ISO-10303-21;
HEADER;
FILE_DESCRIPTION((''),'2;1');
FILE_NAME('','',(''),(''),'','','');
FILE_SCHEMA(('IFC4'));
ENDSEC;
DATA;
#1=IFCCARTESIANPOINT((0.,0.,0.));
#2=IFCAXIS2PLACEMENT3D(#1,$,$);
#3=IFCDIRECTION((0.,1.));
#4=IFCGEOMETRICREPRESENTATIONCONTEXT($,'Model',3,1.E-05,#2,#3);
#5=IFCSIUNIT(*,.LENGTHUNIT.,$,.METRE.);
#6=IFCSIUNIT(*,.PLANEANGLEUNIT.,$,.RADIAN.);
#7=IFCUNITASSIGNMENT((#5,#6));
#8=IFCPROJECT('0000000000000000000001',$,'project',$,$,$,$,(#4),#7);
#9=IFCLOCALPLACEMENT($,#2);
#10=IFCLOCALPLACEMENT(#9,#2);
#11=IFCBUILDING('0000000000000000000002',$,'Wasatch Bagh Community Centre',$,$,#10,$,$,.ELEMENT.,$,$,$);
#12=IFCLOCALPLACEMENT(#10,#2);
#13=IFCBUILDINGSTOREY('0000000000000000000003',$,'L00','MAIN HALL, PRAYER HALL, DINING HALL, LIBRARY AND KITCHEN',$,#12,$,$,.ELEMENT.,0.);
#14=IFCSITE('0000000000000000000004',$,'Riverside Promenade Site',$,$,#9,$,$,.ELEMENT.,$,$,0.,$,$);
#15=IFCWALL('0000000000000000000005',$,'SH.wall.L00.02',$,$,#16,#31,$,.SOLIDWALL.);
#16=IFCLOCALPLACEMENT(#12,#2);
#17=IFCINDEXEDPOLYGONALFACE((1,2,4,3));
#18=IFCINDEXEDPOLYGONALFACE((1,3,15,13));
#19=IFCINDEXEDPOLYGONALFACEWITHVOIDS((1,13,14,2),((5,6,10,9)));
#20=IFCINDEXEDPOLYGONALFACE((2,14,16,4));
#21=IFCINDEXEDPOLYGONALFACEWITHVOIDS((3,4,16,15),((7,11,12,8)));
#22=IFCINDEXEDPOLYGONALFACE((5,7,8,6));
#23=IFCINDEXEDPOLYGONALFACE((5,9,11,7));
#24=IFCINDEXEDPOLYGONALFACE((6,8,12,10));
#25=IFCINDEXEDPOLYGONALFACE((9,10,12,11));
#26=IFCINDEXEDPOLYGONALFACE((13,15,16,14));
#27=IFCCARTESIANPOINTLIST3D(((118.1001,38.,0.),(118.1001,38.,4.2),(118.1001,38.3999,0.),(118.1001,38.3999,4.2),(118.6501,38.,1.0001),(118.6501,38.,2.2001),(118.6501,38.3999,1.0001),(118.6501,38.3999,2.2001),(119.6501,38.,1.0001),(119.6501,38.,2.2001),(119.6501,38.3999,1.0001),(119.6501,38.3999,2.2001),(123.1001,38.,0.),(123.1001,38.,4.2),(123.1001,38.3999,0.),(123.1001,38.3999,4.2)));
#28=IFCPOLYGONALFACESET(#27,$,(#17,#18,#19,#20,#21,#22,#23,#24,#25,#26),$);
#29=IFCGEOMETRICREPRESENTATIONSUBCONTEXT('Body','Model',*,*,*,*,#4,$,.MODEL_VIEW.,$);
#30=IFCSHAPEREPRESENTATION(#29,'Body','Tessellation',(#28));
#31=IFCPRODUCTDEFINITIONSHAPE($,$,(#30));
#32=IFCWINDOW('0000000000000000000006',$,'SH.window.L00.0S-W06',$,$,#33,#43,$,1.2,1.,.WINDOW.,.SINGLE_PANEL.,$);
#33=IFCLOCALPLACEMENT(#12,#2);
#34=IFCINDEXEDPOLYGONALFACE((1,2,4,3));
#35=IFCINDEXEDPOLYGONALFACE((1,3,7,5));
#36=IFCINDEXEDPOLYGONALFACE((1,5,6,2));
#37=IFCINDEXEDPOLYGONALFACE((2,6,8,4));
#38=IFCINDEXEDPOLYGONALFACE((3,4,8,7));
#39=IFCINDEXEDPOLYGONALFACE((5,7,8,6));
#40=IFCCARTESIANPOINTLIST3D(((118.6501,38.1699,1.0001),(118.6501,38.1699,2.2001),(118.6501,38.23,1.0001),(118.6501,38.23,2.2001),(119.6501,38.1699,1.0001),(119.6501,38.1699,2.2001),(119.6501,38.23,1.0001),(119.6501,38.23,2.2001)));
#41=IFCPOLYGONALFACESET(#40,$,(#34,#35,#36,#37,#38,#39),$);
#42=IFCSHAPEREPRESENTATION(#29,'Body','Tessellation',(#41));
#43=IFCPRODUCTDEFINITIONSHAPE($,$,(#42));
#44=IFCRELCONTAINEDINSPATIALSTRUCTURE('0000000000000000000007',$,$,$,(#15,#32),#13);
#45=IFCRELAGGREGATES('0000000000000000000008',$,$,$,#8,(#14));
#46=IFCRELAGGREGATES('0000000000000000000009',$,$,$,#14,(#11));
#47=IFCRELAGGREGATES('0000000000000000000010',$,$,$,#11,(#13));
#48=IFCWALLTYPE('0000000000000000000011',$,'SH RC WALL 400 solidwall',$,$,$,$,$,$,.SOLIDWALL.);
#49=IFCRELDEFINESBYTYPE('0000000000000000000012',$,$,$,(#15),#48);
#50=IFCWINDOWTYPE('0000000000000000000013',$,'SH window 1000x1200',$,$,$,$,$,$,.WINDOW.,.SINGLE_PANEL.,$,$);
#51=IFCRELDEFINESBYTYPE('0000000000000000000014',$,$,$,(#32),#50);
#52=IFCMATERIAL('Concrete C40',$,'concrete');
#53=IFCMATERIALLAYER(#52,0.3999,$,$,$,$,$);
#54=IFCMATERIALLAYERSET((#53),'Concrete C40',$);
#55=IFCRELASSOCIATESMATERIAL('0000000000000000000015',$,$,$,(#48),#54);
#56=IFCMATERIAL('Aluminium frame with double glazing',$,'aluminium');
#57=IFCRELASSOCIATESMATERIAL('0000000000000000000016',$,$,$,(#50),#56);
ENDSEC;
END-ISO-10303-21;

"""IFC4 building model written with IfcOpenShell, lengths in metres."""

from ifc_helpers import new_model, si_unit, direction, frame, frame_2d, origin, place, context, subcontext, project, spatial, rectangle, extrude, material, layer, layer_set, type_object, element, fill, save


model = new_model("IFC4")

# Units and contexts
model_context = context("Model", 3, precision=1e-05, world=origin(), true_north=direction((0.0, 1.0)))
body_context = subcontext(model_context, "Body", "Model", "MODEL_VIEW")
ifc_project = project(units=[si_unit("LENGTHUNIT", "METRE"), si_unit("PLANEANGLEUNIT", "RADIAN")], contexts=[model_context])

# Site, building, storey
site_placement = place(None, origin())
site = spatial("IfcSite", under=ifc_project, at=site_placement, Name="Riverside Promenade Site", CompositionType="ELEMENT", RefElevation=0.0)
building_placement = place(site_placement, origin())
building = spatial("IfcBuilding", under=site, at=building_placement, Name="Wasatch Bagh Community Centre", CompositionType="ELEMENT")
storey_placement = place(building_placement, origin())
storey = spatial("IfcBuildingStorey", under=building, at=storey_placement, Name="L00", Description="MAIN HALL, PRAYER HALL, DINING HALL, LIBRARY AND KITCHEN", CompositionType="ELEMENT", Elevation=0.0)

# Shared definitions
ifc_material_1 = material(Name="Concrete C40", Category="concrete")

# Shared definitions
ifc_layer_1 = layer(ifc_material_1, 0.3999)
ifc_layer_set_1 = layer_set([ifc_layer_1], Name="Concrete C40")
wall_type_1 = type_object("IfcWallType", Name="SH RC WALL 400 solidwall", PredefinedType="SOLIDWALL", material=ifc_layer_set_1)

# Wall, opening, window
wall_1_placement = place(storey_placement, frame((123.1001, 38.2, 0.0), z_axis=(0.0, 0.0, 1.0), x_axis=(-1.0, 0.0, 0.0)))
wall_1 = element("IfcWall", 1, at=wall_1_placement, inside=storey, type_object=wall_type_1, Name="SH.wall.L00.02", PredefinedType="SOLIDWALL", context=body_context, shape_type="SweptSolid", body=[
    extrude(rectangle(XDim=5.0, YDim=0.3999, at=frame_2d((2.5, 0.0))), origin(), (0.0, 0.0, 1.0), 4.2),
])
opening_1_placement = place(wall_1_placement, frame((3.45, 0.0, 1.0)))
opening_1 = element("IfcOpeningElement", 2, at=opening_1_placement, cuts=wall_1, PredefinedType="OPENING", context=body_context, shape_type="SweptSolid", body=[
    extrude(rectangle(XDim=1.0, YDim=1.2, at=frame_2d((0.5, 0.6001))), frame((0.0, 0.21, 0.0), z_axis=(0.0, -1.0, 0.0), x_axis=(1.0, 0.0, 0.0)), (0.0, 0.0, 1.0), 0.4199),
])
ifc_material_2 = material(Name="Aluminium frame with double glazing", Category="aluminium")
window_type = type_object("IfcWindowType", Name="SH window 1000x1200", PartitioningType="SINGLE_PANEL", PredefinedType="WINDOW", material=ifc_material_2)
window_placement = place(opening_1_placement, origin())
window = element("IfcWindow", 3, at=window_placement, inside=storey, type_object=window_type, Name="SH.window.L00.0S-W06", OverallHeight=1.2, OverallWidth=1.0, PartitioningType="SINGLE_PANEL", PredefinedType="WINDOW", context=body_context, shape_type="SweptSolid", body=[
    extrude(rectangle(XDim=1.0, YDim=1.2, at=frame_2d((0.5, 0.6001))), frame((0.0, 0.03, 0.0), z_axis=(0.0, -1.0, 0.0), x_axis=(1.0, 0.0, 0.0)), (0.0, 0.0, 1.0), 0.0601),
])
fill(opening_1, window)

save(model, "model.ifc")
